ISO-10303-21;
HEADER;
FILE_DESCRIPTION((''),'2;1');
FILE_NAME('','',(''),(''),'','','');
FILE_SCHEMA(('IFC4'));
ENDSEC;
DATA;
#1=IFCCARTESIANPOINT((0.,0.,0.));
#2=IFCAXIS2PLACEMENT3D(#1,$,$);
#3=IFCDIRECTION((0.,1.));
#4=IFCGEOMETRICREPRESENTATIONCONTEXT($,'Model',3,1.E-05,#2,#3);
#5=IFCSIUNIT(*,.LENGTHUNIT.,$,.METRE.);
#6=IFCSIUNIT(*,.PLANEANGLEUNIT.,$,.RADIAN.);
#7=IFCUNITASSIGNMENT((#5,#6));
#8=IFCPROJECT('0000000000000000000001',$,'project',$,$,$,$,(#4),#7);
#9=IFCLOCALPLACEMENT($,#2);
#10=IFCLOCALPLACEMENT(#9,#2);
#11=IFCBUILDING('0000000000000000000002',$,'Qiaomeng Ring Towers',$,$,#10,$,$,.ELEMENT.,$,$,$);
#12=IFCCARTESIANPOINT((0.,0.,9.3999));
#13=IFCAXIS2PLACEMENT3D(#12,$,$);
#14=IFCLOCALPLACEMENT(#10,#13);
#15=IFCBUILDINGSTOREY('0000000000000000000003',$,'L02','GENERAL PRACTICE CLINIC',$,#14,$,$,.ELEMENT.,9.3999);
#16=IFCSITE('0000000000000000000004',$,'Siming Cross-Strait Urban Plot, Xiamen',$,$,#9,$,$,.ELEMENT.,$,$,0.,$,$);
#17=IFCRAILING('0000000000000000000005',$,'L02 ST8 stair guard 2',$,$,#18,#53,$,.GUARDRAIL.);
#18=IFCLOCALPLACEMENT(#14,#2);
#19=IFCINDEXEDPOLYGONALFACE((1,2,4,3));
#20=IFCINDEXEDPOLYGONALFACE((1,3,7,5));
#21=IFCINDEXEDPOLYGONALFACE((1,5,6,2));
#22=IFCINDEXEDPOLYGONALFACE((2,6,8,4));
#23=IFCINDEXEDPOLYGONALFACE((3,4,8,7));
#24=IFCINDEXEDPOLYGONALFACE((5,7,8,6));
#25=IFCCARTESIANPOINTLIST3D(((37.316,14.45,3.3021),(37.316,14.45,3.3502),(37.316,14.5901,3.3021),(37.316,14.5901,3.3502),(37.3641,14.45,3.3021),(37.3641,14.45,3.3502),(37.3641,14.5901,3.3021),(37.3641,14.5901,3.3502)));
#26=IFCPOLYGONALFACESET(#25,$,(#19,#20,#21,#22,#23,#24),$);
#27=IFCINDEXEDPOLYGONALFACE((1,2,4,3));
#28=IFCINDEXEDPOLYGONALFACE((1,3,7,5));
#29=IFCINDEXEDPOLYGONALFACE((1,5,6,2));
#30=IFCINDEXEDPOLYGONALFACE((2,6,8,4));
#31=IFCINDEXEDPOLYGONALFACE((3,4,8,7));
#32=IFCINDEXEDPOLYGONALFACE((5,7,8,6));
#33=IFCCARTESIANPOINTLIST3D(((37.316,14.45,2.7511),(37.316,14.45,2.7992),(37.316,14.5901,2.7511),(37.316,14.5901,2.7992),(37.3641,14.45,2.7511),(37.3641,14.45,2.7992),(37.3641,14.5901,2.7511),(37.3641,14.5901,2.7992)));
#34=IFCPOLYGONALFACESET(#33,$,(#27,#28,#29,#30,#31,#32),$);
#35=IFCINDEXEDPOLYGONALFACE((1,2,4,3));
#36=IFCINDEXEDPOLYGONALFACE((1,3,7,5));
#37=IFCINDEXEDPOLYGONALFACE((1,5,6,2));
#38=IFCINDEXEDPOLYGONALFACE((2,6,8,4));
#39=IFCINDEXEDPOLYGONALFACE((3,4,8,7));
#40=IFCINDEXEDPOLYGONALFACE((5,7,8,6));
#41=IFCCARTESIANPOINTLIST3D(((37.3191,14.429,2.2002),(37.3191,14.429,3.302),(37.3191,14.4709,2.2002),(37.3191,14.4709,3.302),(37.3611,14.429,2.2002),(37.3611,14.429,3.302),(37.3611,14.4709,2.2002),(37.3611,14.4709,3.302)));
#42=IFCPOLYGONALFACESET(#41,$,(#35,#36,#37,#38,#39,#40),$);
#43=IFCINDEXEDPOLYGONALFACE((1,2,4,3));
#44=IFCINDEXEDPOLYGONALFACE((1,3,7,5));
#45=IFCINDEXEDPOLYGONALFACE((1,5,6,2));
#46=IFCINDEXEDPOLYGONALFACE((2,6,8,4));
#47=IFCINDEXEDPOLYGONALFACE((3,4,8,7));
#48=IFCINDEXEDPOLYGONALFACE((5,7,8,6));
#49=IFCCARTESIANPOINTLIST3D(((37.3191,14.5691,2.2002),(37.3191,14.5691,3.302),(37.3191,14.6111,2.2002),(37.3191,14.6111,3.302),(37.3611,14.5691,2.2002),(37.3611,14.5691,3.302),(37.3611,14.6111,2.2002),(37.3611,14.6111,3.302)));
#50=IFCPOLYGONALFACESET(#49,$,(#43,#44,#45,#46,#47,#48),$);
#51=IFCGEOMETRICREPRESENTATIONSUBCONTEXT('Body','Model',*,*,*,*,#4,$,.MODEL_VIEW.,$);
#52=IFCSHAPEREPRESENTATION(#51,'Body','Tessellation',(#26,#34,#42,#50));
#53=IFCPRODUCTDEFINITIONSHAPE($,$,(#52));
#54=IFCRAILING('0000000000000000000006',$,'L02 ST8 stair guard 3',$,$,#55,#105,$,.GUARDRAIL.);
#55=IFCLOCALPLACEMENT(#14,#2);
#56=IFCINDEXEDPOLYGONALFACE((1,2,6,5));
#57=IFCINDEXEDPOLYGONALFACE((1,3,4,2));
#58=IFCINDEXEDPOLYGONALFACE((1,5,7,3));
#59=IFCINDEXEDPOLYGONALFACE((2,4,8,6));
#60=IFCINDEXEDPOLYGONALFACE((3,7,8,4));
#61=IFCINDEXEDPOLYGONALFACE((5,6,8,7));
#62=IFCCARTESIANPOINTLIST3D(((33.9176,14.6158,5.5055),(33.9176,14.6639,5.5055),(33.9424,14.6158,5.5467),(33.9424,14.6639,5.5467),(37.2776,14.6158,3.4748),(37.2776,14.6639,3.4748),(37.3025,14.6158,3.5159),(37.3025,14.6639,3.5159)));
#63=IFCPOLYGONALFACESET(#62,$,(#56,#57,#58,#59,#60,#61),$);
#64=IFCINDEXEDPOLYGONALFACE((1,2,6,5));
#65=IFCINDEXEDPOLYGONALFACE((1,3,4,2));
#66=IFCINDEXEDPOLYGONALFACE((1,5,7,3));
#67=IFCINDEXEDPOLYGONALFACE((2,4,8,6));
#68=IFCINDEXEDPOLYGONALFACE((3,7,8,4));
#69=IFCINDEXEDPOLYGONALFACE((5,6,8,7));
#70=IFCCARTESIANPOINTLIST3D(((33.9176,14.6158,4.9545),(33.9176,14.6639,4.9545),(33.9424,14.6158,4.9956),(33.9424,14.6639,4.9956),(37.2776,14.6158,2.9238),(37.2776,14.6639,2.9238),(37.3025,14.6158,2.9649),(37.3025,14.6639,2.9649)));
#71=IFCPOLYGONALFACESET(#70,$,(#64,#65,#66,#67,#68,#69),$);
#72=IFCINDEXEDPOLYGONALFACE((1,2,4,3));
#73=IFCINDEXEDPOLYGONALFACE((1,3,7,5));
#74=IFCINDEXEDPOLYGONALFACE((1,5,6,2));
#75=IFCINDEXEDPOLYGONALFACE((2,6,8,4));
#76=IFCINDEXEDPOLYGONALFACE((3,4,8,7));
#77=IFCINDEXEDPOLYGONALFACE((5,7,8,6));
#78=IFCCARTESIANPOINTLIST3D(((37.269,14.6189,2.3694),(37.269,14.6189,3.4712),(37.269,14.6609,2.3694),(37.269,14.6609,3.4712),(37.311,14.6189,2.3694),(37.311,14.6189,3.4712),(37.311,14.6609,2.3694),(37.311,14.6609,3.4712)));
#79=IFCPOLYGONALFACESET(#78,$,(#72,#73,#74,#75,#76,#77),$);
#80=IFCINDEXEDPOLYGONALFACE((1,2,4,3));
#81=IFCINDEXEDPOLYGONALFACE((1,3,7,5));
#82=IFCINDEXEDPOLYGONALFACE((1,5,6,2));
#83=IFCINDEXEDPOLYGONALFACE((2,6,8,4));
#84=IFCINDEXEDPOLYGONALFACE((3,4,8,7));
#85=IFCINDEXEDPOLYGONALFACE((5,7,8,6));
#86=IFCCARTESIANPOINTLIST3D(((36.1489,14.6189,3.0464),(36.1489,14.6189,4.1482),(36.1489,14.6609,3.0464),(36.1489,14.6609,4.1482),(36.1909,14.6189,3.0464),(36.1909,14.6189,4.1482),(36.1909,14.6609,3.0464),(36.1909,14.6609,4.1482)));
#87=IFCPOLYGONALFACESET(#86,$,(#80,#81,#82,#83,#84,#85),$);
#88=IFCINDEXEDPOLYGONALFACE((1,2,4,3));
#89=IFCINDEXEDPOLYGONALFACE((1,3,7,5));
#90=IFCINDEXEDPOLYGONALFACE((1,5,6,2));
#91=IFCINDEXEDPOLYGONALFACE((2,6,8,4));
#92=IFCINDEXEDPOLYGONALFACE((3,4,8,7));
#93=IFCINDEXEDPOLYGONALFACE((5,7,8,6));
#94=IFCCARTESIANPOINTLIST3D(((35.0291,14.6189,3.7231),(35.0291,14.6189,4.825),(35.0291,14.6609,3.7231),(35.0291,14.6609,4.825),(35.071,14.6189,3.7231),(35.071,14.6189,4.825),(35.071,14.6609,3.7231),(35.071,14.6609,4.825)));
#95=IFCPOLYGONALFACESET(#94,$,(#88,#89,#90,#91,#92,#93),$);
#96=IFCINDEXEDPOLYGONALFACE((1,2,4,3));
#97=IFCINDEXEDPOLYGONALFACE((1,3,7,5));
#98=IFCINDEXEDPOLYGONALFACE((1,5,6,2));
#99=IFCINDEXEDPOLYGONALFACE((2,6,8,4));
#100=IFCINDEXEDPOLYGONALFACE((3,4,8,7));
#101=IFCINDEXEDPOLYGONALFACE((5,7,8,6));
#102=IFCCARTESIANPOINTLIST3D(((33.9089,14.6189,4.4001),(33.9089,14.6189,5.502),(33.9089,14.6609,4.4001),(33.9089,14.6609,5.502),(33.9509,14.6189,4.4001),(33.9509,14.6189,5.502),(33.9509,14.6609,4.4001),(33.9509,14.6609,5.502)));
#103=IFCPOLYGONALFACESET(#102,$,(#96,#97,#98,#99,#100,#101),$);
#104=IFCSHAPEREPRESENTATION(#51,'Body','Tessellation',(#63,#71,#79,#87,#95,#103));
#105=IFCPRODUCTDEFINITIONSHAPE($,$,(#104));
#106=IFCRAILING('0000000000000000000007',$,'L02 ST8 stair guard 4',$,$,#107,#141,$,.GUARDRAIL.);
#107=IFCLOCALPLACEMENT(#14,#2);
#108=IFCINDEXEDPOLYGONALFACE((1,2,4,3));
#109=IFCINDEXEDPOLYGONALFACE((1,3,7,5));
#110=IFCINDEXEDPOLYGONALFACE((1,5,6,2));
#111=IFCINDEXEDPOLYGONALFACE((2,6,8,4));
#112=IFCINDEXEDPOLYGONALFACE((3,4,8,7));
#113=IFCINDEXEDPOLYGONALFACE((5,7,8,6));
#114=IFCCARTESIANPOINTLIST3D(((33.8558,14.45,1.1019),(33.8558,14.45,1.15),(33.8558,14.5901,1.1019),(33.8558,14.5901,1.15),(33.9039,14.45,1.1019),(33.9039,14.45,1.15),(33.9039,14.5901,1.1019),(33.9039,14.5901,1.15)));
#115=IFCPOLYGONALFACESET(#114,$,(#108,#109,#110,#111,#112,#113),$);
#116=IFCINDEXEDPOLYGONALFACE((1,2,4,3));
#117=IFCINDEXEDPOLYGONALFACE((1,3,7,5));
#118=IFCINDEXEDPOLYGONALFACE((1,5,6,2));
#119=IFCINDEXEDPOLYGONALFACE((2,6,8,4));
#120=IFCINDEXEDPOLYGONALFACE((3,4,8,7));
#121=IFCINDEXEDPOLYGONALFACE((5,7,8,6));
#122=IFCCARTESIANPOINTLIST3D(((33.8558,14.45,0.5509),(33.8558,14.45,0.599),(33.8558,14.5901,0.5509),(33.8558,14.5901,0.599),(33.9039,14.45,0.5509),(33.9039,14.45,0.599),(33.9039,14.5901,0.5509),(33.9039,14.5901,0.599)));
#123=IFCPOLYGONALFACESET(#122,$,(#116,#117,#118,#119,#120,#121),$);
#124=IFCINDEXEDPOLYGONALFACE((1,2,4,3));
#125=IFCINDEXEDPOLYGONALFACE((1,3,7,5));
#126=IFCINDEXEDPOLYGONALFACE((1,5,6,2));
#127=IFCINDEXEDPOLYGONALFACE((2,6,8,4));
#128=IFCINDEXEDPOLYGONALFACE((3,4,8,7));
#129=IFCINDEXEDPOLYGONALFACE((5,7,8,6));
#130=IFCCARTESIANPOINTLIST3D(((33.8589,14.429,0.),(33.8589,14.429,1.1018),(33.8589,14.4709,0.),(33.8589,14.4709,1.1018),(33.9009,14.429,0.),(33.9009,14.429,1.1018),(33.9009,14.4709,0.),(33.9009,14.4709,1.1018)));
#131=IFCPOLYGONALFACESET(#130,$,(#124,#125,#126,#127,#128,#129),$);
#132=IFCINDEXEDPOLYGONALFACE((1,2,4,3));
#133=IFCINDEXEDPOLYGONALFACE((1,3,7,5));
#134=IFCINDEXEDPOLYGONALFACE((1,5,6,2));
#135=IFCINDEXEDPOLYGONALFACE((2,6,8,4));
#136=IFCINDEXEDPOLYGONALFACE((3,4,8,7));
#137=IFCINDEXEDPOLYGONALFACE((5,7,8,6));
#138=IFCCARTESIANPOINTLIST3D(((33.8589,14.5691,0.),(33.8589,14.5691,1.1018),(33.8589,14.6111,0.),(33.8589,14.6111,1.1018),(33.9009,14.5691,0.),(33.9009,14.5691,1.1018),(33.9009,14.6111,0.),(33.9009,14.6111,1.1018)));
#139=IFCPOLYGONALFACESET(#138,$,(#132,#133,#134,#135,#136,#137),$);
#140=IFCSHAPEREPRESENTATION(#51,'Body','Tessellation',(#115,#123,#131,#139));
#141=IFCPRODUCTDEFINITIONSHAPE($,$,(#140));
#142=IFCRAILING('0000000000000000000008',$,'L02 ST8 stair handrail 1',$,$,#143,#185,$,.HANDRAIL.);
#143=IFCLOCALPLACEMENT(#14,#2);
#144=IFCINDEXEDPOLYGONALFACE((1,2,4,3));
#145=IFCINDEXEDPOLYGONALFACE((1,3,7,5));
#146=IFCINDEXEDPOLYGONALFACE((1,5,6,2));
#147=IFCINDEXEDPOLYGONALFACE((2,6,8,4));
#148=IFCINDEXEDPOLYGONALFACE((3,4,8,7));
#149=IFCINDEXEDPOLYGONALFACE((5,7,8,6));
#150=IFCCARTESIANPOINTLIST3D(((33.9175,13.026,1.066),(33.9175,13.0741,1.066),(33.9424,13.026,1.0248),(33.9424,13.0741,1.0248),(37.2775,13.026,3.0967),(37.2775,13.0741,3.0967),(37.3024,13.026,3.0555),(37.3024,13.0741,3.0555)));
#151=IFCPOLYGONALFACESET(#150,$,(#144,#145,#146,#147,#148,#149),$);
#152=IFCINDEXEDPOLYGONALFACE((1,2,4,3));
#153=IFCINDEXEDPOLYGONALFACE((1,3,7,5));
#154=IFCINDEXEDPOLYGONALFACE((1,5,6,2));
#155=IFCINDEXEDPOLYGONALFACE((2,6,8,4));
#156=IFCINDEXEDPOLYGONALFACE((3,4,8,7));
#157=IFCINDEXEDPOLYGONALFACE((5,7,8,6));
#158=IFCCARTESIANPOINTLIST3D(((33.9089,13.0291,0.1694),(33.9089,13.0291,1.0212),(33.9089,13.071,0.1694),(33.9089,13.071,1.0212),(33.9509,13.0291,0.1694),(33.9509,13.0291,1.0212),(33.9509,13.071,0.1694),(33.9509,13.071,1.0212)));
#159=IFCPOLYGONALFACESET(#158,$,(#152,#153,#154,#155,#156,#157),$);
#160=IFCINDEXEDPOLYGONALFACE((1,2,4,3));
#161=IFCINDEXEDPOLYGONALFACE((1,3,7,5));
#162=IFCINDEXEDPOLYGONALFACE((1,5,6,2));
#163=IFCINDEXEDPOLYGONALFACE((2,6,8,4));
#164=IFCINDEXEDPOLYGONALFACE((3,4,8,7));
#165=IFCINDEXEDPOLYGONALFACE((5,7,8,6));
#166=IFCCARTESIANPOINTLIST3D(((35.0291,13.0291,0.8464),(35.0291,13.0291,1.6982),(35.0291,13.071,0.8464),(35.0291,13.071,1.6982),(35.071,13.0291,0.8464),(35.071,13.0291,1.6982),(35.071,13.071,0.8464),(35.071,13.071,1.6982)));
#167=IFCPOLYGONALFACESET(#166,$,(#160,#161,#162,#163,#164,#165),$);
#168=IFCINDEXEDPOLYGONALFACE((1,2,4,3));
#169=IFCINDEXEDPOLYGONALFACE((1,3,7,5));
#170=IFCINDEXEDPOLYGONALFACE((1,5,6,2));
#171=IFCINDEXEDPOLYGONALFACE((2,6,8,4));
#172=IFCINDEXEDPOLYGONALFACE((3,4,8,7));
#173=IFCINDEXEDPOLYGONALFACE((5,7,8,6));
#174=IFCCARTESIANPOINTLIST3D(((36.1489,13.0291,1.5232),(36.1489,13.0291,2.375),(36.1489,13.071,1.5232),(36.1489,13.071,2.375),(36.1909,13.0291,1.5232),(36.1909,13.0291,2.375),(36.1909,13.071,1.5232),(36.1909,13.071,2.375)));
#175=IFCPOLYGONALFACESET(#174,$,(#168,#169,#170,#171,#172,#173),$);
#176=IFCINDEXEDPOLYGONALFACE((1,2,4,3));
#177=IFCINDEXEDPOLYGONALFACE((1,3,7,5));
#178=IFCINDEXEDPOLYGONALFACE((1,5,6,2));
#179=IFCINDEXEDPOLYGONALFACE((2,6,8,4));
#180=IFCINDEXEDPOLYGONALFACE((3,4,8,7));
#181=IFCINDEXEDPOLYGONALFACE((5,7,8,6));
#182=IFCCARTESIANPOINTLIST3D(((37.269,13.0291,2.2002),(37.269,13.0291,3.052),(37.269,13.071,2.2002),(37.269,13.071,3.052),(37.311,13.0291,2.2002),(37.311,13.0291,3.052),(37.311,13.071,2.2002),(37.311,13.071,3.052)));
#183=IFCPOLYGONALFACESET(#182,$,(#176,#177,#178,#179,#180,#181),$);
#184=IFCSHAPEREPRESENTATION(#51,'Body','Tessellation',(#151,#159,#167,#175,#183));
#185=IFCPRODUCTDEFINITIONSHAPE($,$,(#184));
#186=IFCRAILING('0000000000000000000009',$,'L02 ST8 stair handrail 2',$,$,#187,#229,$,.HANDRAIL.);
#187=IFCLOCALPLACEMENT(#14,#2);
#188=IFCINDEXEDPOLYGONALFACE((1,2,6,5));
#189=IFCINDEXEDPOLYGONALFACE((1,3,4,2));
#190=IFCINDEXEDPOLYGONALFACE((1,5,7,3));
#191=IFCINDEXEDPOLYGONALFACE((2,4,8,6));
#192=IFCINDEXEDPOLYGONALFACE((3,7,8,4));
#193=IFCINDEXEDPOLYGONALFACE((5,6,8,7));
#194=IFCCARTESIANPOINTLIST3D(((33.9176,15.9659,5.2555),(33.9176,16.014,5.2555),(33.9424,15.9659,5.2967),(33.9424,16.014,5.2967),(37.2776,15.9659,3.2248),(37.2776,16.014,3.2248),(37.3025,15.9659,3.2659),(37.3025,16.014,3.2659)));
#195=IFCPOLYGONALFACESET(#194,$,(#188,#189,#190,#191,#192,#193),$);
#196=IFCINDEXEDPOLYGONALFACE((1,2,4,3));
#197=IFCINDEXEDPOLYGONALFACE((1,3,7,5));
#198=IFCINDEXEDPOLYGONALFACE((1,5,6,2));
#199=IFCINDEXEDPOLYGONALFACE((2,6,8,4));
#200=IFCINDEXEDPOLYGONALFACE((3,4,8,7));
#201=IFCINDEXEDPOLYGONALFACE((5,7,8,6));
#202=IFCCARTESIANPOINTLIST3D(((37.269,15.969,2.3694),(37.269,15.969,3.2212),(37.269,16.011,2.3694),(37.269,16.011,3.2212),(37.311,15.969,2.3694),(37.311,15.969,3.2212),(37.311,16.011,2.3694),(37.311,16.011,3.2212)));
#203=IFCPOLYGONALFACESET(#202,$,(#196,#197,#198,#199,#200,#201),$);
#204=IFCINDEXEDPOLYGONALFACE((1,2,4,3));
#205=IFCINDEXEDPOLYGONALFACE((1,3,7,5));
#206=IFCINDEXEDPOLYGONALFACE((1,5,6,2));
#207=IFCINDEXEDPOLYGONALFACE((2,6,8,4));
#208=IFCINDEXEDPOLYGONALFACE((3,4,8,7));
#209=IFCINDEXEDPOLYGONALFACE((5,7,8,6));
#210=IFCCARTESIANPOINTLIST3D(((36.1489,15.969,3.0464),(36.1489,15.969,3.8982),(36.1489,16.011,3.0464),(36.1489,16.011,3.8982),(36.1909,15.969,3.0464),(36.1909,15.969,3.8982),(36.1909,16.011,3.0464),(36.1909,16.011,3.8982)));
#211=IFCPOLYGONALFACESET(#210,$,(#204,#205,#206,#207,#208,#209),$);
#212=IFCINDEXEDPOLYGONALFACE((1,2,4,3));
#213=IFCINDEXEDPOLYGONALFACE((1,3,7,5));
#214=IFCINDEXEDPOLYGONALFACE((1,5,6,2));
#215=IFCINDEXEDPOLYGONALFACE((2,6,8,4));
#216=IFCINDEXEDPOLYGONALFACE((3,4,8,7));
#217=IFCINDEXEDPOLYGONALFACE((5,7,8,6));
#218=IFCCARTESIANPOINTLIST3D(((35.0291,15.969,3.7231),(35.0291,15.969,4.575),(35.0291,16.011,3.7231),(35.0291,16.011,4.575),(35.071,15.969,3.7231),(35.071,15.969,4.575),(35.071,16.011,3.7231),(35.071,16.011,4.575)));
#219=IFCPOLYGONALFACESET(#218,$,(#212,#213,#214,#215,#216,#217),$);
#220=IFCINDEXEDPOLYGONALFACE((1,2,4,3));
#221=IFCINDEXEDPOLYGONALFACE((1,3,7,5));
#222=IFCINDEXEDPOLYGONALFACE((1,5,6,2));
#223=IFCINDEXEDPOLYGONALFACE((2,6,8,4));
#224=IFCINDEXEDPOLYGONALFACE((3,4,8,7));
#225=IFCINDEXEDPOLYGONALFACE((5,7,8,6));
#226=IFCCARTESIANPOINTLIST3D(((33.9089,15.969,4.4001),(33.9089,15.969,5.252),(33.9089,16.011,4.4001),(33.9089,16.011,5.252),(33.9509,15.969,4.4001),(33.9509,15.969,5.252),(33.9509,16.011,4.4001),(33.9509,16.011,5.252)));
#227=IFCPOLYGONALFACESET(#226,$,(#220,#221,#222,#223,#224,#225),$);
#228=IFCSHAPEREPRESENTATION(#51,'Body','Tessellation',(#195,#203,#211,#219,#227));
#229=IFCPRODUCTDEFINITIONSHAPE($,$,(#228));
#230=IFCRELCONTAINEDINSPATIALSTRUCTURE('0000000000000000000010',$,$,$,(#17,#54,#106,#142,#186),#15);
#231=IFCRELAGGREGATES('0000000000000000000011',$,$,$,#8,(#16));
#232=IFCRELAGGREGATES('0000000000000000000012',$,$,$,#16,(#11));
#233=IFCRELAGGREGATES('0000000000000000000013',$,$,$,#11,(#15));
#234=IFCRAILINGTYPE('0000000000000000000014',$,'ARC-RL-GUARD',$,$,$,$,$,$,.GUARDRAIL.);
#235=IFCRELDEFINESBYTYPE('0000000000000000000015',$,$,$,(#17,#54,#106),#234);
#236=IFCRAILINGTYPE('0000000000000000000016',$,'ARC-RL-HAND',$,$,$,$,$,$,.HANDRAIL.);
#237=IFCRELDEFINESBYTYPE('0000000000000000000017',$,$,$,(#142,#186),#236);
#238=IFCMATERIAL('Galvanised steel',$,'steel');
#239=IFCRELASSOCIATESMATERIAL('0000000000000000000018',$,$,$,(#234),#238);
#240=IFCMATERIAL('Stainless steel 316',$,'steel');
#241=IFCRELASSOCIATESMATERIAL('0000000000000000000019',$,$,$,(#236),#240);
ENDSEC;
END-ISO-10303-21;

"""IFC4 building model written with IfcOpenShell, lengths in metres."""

from ifc_helpers import new_model, si_unit, direction, frame, origin, origin_2d, place, context, subcontext, project, spatial, rectangle, extrude, material, type_object, element, save


model = new_model("IFC4")

# Units and contexts
model_context = context("Model", 3, precision=1e-05, world=origin(), true_north=direction((0.0, 1.0)))
body_context = subcontext(model_context, "Body", "Model", "MODEL_VIEW")
ifc_project = project(units=[si_unit("LENGTHUNIT", "METRE"), si_unit("PLANEANGLEUNIT", "RADIAN")], contexts=[model_context])

# Site, building, storey
site_placement = place(None, origin())
site = spatial("IfcSite", under=ifc_project, at=site_placement, Name="Siming Cross-Strait Urban Plot, Xiamen", CompositionType="ELEMENT", RefElevation=0.0)
building_placement = place(site_placement, origin())
building = spatial("IfcBuilding", under=site, at=building_placement, Name="Qiaomeng Ring Towers", CompositionType="ELEMENT")
storey_placement = place(building_placement, frame((0.0, 0.0, 9.3999)))
storey = spatial("IfcBuildingStorey", under=building, at=storey_placement, Name="L02", Description="GENERAL PRACTICE CLINIC", CompositionType="ELEMENT", Elevation=9.3999)

# Shared definitions
ifc_material_1 = material(Name="Stainless steel 316", Category="steel")
ifc_material_2 = material(Name="Galvanised steel", Category="steel")

# Railings
railing_type_1 = type_object("IfcRailingType", Name="ARC-RL-GUARD", PredefinedType="GUARDRAIL", material=ifc_material_2)
railing_1_placement = place(storey_placement, frame((37.3401, 14.45, 2.2002)))
element("IfcRailing", 1, at=railing_1_placement, inside=storey, type_object=railing_type_1, Name="L02 ST8 stair guard 2", PredefinedType="GUARDRAIL", context=body_context, shape_type="SweptSolid", body=[
    extrude(rectangle(XDim=0.0481, YDim=0.0481, at=origin_2d()), frame((0.0, 0.0, 1.126), z_axis=(0.0, 1.0, 0.0), x_axis=(-1.0, 0.0, 0.0)), (0.0, 0.0, 1.0), 0.1401),
    extrude(rectangle(XDim=0.0481, YDim=0.0481, at=origin_2d()), frame((0.0, 0.0, 0.575), z_axis=(0.0, 1.0, 0.0), x_axis=(-1.0, 0.0, 0.0)), (0.0, 0.0, 1.0), 0.1401),
    extrude(rectangle(XDim=0.042, YDim=0.042, at=origin_2d()), origin(), (0.0, 0.0, 1.0), 1.1018),
    extrude(rectangle(XDim=0.042, YDim=0.042, at=origin_2d()), frame((0.0, 0.1401, 0.0)), (0.0, 0.0, 1.0), 1.1018),
])
railing_2_placement = place(storey_placement, frame((37.29, 14.6399, 2.3694)))
element("IfcRailing", 2, at=railing_2_placement, inside=storey, type_object=railing_type_1, Name="L02 ST8 stair guard 3", PredefinedType="GUARDRAIL", context=body_context, shape_type="SweptSolid", body=[
    extrude(rectangle(XDim=0.0481, YDim=0.0481, at=origin_2d()), frame((0.0, 0.0, 1.126), z_axis=(-0.855837, 0.0, 0.517246), x_axis=(0.0, -1.0, 0.0)), (0.0, 0.0, 1.0), 3.926),
    extrude(rectangle(XDim=0.0481, YDim=0.0481, at=origin_2d()), frame((0.0, 0.0, 0.575), z_axis=(-0.855837, 0.0, 0.517246), x_axis=(0.0, -1.0, 0.0)), (0.0, 0.0, 1.0), 3.926),
    extrude(rectangle(XDim=0.042, YDim=0.042, at=origin_2d()), origin(), (0.0, 0.0, 1.0), 1.1018),
    extrude(rectangle(XDim=0.042, YDim=0.042, at=origin_2d()), frame((-1.1201, 0.0, 0.677)), (0.0, 0.0, 1.0), 1.1018),
    extrude(rectangle(XDim=0.042, YDim=0.042, at=origin_2d()), frame((-2.24, 0.0, 1.3538)), (0.0, 0.0, 1.0), 1.1018),
    extrude(rectangle(XDim=0.042, YDim=0.042, at=origin_2d()), frame((-3.3601, 0.0, 2.0308)), (0.0, 0.0, 1.0), 1.1018),
])
railing_3_placement = place(storey_placement, frame((33.8799, 14.45, 0.0)))
element("IfcRailing", 3, at=railing_3_placement, inside=storey, type_object=railing_type_1, Name="L02 ST8 stair guard 4", PredefinedType="GUARDRAIL", context=body_context, shape_type="SweptSolid", body=[
    extrude(rectangle(XDim=0.0481, YDim=0.0481, at=origin_2d()), frame((0.0, 0.0, 1.126), z_axis=(0.0, 1.0, 0.0), x_axis=(-1.0, 0.0, 0.0)), (0.0, 0.0, 1.0), 0.1401),
    extrude(rectangle(XDim=0.0481, YDim=0.0481, at=origin_2d()), frame((0.0, 0.0, 0.575), z_axis=(0.0, 1.0, 0.0), x_axis=(-1.0, 0.0, 0.0)), (0.0, 0.0, 1.0), 0.1401),
    extrude(rectangle(XDim=0.042, YDim=0.042, at=origin_2d()), origin(), (0.0, 0.0, 1.0), 1.1018),
    extrude(rectangle(XDim=0.042, YDim=0.042, at=origin_2d()), frame((0.0, 0.1401, 0.0)), (0.0, 0.0, 1.0), 1.1018),
])
railing_type_2 = type_object("IfcRailingType", Name="ARC-RL-HAND", PredefinedType="HANDRAIL", material=ifc_material_1)
railing_4_placement = place(storey_placement, frame((33.9299, 13.05, 0.1694)))
element("IfcRailing", 4, at=railing_4_placement, inside=storey, type_object=railing_type_2, Name="L02 ST8 stair handrail 1", PredefinedType="HANDRAIL", context=body_context, shape_type="SweptSolid", body=[
    extrude(rectangle(XDim=0.0481, YDim=0.0481, at=origin_2d()), frame((0.0, 0.0, 0.876), z_axis=(0.855837, 0.0, 0.517246), x_axis=(0.0, 1.0, 0.0)), (0.0, 0.0, 1.0), 3.926),
    extrude(rectangle(XDim=0.042, YDim=0.042, at=origin_2d()), origin(), (0.0, 0.0, 1.0), 0.8518),
    extrude(rectangle(XDim=0.042, YDim=0.042, at=origin_2d()), frame((1.1201, 0.0, 0.677)), (0.0, 0.0, 1.0), 0.8518),
    extrude(rectangle(XDim=0.042, YDim=0.042, at=origin_2d()), frame((2.24, 0.0, 1.3538)), (0.0, 0.0, 1.0), 0.8518),
    extrude(rectangle(XDim=0.042, YDim=0.042, at=origin_2d()), frame((3.3601, 0.0, 2.0308)), (0.0, 0.0, 1.0), 0.8518),
])
railing_5_placement = place(storey_placement, frame((37.29, 15.99, 2.3694)))
element("IfcRailing", 5, at=railing_5_placement, inside=storey, type_object=railing_type_2, Name="L02 ST8 stair handrail 2", PredefinedType="HANDRAIL", context=body_context, shape_type="SweptSolid", body=[
    extrude(rectangle(XDim=0.0481, YDim=0.0481, at=origin_2d()), frame((0.0, 0.0, 0.876), z_axis=(-0.855837, 0.0, 0.517246), x_axis=(0.0, -1.0, 0.0)), (0.0, 0.0, 1.0), 3.926),
    extrude(rectangle(XDim=0.042, YDim=0.042, at=origin_2d()), origin(), (0.0, 0.0, 1.0), 0.8518),
    extrude(rectangle(XDim=0.042, YDim=0.042, at=origin_2d()), frame((-1.1201, 0.0, 0.677)), (0.0, 0.0, 1.0), 0.8518),
    extrude(rectangle(XDim=0.042, YDim=0.042, at=origin_2d()), frame((-2.24, 0.0, 1.3538)), (0.0, 0.0, 1.0), 0.8518),
    extrude(rectangle(XDim=0.042, YDim=0.042, at=origin_2d()), frame((-3.3601, 0.0, 2.0308)), (0.0, 0.0, 1.0), 0.8518),
])

save(model, "model.ifc")
